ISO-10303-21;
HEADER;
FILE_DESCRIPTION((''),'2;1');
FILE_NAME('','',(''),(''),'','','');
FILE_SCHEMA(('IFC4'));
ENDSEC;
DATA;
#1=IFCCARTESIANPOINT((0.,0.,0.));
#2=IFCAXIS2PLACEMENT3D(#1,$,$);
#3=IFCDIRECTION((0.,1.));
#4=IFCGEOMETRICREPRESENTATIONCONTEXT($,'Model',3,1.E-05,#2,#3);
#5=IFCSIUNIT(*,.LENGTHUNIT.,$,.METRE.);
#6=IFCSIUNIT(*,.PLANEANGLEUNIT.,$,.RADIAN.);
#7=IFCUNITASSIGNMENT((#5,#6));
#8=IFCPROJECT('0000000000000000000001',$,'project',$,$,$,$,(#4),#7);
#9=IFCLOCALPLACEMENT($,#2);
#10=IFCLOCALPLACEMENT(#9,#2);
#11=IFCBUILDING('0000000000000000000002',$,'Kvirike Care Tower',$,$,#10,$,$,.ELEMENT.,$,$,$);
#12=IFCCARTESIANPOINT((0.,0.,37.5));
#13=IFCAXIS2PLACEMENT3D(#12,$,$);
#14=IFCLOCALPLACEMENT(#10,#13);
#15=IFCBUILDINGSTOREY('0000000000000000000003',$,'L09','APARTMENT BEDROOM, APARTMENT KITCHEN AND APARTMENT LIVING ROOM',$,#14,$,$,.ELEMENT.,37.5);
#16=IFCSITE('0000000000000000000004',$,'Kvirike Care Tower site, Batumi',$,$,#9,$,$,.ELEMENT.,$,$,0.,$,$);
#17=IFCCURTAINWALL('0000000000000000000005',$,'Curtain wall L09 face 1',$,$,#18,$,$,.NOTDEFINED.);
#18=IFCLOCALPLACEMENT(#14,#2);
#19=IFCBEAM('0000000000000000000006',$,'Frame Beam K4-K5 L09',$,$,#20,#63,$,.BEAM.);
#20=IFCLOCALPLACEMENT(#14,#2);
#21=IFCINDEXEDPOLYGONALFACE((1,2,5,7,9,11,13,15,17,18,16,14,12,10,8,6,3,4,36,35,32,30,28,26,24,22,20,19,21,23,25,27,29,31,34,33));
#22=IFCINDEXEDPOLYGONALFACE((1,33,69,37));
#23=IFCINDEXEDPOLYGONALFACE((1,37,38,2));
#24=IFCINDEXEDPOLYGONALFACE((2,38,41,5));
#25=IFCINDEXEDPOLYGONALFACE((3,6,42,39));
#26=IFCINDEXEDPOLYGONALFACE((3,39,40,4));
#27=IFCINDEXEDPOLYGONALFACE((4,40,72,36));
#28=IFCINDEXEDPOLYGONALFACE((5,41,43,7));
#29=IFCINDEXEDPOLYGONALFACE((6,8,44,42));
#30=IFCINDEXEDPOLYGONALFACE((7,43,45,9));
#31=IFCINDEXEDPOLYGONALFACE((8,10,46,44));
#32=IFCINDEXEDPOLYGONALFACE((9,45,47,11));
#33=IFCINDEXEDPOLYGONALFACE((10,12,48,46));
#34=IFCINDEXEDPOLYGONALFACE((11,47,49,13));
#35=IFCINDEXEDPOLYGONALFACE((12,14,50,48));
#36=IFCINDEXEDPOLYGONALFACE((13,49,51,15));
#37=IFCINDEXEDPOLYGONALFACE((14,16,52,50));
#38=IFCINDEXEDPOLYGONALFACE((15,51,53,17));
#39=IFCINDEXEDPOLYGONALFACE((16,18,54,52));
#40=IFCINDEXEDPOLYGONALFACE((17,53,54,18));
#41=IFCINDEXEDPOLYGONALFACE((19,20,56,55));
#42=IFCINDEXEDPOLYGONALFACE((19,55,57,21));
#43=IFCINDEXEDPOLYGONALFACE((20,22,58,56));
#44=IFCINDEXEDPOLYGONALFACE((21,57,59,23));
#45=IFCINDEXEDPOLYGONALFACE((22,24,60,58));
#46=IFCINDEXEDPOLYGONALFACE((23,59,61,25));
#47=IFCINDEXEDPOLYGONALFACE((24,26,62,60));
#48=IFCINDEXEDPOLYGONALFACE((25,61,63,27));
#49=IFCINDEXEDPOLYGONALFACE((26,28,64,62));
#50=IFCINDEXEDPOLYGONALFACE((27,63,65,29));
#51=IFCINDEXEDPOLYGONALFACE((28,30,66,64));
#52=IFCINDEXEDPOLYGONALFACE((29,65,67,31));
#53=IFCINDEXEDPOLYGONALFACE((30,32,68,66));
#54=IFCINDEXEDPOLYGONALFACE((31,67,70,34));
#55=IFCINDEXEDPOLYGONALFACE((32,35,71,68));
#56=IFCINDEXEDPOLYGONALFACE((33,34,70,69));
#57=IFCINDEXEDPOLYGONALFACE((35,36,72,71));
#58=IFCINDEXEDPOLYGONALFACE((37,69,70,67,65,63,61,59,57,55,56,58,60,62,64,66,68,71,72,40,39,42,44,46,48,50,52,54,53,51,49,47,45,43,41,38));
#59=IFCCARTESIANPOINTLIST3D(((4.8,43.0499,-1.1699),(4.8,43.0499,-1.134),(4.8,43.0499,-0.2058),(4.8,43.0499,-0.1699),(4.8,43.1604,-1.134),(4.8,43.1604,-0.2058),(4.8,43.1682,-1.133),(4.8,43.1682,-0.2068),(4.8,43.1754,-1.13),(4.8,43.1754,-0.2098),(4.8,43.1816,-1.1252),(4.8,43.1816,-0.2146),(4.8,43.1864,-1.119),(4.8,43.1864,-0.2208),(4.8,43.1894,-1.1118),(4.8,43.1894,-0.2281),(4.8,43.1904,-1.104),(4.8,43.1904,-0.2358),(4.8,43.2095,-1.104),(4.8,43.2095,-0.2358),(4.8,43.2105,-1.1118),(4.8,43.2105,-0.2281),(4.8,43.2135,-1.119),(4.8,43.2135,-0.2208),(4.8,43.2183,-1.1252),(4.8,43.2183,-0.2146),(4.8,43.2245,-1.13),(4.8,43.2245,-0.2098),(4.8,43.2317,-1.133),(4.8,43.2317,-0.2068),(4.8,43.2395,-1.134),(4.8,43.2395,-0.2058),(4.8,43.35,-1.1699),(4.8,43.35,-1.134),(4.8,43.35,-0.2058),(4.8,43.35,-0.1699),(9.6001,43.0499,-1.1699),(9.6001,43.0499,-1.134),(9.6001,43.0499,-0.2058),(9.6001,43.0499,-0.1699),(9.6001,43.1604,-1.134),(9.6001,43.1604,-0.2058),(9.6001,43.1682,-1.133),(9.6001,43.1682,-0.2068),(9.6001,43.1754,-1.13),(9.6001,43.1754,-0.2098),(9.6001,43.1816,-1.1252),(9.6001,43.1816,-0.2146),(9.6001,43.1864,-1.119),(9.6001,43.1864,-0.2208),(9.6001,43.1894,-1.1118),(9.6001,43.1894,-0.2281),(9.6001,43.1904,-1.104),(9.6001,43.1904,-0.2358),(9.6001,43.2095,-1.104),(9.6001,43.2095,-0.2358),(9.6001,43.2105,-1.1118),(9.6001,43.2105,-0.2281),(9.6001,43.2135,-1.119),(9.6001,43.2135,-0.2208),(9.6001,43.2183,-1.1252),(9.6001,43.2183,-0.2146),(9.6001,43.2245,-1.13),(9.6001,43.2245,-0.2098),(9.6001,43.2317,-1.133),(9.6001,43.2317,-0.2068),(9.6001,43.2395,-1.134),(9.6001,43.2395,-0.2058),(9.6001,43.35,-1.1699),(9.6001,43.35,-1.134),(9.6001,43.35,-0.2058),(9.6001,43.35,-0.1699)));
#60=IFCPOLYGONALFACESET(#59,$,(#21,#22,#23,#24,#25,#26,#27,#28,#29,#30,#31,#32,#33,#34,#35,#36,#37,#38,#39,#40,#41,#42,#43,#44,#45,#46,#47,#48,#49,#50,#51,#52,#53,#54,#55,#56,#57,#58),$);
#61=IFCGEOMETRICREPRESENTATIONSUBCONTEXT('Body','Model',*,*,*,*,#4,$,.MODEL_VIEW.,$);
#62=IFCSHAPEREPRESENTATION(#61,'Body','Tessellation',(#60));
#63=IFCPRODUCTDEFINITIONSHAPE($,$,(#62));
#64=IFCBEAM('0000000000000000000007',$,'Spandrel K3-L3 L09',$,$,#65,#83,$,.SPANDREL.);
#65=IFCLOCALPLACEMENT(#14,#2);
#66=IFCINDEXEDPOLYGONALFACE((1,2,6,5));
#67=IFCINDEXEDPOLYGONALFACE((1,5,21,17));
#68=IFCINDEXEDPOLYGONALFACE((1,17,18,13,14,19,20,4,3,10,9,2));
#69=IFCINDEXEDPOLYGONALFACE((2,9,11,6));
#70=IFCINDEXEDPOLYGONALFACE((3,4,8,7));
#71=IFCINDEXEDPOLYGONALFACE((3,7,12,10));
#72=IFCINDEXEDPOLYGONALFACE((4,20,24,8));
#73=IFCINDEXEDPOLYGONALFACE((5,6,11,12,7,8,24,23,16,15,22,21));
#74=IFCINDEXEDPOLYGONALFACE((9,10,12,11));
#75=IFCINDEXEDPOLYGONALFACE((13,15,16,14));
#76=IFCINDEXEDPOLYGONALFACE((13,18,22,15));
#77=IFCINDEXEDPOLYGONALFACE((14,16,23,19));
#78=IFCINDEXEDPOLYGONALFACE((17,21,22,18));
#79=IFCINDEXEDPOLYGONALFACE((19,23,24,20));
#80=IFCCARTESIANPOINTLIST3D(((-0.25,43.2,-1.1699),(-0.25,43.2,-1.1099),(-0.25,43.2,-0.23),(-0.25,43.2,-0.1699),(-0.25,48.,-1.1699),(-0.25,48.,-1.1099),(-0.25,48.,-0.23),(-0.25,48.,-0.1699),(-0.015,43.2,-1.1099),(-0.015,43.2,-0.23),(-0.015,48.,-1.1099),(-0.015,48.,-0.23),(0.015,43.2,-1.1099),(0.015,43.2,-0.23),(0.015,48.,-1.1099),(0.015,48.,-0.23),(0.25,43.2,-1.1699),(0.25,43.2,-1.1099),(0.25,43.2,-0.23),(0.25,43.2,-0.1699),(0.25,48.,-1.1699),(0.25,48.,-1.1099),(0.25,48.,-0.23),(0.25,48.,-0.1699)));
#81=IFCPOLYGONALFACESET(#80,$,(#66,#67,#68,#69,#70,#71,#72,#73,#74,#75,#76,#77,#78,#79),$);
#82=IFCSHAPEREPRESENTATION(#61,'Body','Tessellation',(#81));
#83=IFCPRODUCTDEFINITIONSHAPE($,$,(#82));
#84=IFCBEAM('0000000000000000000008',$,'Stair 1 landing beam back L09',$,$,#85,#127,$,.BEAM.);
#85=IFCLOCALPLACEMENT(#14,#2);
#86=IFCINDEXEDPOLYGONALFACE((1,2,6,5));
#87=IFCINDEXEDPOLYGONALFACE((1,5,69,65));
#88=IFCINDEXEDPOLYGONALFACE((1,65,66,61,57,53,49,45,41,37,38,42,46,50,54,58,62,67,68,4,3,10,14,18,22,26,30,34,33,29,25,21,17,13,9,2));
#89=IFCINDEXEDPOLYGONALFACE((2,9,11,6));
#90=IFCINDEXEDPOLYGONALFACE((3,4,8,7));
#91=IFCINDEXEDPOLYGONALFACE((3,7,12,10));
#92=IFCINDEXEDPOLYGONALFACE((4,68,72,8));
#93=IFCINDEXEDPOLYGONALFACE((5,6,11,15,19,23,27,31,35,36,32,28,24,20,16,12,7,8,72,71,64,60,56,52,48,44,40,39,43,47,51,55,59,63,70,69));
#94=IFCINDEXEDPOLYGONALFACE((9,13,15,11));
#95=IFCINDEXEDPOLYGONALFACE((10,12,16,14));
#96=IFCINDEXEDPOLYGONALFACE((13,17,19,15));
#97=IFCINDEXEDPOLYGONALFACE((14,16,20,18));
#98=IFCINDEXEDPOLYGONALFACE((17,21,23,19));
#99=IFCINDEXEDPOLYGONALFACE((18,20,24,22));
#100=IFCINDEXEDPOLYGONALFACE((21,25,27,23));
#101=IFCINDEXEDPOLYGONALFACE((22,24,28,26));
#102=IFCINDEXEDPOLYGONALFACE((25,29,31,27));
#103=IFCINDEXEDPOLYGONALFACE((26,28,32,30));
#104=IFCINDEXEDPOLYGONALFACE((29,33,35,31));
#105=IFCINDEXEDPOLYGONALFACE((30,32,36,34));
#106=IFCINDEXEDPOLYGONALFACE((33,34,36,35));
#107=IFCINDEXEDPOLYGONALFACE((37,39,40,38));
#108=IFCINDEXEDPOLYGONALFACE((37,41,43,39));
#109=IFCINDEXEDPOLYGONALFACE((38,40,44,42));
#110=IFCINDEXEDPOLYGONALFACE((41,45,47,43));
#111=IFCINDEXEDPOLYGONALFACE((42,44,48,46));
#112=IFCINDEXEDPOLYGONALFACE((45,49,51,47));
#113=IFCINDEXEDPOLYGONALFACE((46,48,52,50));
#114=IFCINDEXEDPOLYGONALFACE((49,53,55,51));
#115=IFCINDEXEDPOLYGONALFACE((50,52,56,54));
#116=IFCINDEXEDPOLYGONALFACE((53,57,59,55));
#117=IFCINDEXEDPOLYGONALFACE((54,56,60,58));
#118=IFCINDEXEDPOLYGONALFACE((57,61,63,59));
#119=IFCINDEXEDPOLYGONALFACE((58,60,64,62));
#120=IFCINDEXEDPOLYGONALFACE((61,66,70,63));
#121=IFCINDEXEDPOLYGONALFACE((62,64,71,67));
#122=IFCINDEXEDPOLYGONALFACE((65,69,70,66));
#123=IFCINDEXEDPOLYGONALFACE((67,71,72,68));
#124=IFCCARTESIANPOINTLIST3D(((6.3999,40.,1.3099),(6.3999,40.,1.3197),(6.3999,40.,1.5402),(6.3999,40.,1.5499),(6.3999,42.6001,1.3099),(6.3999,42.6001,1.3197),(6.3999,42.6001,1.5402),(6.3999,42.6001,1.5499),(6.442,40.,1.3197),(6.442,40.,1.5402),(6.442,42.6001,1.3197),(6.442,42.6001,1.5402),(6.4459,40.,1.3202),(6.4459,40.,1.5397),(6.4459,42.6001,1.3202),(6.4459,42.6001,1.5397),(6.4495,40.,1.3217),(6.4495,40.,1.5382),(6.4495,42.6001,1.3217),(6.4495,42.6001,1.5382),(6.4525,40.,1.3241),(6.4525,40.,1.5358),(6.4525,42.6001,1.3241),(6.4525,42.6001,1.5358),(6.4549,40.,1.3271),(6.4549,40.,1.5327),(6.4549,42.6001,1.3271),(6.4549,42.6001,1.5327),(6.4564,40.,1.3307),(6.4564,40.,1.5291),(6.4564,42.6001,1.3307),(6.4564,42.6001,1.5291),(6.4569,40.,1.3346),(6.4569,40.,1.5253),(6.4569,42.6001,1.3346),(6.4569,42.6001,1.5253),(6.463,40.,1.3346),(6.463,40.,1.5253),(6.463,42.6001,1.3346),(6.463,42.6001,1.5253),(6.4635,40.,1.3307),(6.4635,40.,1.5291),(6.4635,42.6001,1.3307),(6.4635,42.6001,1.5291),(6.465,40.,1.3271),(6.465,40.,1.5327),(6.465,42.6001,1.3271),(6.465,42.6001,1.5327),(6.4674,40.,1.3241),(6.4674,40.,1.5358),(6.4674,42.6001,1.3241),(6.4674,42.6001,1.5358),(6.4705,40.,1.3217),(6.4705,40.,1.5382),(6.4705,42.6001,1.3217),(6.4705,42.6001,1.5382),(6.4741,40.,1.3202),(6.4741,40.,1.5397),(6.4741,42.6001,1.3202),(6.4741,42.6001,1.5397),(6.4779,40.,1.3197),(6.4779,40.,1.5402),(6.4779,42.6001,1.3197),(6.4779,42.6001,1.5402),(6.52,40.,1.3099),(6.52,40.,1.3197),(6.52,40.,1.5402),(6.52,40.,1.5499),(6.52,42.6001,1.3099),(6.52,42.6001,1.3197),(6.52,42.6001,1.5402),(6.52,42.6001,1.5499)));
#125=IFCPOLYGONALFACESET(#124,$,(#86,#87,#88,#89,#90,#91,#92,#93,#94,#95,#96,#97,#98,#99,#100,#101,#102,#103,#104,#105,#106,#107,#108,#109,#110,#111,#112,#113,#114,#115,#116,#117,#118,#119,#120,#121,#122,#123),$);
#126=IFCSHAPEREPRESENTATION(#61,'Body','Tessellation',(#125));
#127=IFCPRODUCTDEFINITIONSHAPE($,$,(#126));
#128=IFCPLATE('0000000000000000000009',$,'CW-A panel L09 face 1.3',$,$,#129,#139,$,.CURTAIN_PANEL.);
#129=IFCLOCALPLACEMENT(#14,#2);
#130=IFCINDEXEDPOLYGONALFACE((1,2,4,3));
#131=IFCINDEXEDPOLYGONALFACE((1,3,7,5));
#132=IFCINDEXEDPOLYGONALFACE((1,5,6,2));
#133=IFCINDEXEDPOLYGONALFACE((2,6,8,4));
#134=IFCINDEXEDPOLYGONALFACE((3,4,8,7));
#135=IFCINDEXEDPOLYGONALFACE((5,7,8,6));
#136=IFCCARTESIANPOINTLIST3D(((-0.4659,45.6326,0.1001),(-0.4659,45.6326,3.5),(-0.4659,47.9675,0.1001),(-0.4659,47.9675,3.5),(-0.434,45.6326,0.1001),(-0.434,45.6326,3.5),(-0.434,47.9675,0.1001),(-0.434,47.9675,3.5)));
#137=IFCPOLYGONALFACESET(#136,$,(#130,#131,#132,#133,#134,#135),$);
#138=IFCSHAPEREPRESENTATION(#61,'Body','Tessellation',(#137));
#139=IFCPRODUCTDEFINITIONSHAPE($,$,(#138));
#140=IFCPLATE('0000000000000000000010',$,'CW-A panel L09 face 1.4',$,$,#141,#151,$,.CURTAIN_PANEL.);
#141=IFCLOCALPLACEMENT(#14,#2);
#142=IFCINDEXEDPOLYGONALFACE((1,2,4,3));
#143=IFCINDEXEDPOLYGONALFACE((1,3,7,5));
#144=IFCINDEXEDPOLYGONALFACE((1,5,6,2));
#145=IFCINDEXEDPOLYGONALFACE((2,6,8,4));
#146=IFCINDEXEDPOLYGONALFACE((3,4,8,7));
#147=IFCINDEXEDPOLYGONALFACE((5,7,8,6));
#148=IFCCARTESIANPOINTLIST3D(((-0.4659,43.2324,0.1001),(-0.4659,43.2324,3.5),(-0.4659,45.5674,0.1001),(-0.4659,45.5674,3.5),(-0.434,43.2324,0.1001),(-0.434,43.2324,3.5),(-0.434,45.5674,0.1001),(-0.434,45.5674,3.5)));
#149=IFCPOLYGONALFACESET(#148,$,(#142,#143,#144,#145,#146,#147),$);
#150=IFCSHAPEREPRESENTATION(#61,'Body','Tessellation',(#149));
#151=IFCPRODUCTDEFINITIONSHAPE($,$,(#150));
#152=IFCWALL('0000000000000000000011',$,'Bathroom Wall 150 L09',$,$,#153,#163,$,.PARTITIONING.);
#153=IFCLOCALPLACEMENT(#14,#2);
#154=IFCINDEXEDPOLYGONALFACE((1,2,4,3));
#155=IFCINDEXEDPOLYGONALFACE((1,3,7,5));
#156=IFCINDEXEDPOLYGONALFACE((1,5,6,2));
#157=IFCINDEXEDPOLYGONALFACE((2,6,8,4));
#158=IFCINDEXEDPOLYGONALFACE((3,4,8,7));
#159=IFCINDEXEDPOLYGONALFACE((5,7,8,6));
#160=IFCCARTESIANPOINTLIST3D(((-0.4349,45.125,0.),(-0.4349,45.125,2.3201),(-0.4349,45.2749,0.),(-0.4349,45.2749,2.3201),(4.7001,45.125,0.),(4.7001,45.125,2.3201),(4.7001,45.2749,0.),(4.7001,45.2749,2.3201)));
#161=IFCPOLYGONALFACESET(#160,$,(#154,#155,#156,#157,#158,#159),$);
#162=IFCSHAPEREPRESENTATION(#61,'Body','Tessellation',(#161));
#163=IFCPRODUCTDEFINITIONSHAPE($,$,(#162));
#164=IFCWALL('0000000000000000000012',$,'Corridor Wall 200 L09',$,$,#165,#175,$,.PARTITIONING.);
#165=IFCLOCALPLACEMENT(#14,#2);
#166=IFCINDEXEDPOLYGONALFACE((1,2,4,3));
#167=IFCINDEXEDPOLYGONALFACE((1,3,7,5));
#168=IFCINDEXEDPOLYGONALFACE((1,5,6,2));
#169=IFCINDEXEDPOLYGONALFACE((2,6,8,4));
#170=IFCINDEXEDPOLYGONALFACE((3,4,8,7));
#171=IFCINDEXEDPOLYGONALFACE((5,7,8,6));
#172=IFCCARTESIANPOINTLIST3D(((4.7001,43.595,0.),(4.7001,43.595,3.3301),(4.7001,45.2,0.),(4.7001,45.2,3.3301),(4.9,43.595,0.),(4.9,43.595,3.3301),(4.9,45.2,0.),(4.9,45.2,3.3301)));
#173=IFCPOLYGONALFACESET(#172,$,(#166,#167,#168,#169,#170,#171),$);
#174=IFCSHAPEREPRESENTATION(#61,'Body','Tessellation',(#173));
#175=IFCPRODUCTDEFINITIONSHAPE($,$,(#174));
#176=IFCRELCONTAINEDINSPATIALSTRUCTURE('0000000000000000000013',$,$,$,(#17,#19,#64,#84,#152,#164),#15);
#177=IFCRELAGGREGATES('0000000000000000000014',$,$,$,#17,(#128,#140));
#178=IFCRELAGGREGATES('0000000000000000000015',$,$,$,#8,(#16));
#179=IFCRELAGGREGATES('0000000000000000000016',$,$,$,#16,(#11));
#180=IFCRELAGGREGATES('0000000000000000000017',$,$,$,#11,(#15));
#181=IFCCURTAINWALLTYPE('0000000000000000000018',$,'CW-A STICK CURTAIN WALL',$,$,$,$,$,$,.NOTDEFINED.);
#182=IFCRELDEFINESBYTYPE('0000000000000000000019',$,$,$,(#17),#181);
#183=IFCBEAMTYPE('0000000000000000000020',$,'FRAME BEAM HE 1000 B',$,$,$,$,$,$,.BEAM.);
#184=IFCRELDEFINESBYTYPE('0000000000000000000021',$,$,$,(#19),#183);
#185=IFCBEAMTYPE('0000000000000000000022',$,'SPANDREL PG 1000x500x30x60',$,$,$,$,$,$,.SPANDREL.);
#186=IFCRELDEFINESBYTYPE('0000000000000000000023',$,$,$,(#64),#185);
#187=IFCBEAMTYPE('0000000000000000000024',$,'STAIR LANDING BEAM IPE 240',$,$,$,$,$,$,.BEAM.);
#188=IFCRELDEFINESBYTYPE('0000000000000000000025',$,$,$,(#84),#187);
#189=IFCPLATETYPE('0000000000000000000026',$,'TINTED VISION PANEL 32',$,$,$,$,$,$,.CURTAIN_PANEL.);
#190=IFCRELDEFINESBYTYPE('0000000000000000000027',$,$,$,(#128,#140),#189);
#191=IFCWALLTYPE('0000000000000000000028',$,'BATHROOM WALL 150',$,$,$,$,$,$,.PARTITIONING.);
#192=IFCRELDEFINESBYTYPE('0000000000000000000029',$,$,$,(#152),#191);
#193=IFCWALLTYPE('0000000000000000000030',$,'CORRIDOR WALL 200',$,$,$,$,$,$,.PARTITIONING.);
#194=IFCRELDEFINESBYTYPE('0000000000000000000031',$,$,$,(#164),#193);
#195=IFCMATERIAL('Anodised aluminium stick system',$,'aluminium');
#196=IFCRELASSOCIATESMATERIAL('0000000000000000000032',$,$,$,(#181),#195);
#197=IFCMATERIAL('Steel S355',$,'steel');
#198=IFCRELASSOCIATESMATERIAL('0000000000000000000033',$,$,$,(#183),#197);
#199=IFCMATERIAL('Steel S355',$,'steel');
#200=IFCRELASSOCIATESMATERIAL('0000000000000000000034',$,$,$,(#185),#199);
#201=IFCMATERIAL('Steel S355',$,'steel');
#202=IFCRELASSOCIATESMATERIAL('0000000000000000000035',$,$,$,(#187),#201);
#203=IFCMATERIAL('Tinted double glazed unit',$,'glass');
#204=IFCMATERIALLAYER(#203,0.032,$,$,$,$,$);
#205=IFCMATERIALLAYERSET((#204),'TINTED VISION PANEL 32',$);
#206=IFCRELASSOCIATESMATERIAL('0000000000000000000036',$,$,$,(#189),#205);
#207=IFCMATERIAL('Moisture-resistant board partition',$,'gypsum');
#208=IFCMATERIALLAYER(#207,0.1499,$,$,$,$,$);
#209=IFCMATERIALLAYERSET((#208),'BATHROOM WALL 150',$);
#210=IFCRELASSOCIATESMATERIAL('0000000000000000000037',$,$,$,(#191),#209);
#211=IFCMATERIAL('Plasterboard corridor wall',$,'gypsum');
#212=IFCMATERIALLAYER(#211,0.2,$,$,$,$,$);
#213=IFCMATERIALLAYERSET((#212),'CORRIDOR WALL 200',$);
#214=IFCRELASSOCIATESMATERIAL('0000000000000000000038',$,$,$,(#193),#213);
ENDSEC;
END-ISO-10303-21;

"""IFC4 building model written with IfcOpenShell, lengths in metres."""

from ifc_helpers import new_model, si_unit, direction, frame, frame_2d, origin, origin_2d, place, context, subcontext, project, spatial, rectangle, i_section, extrude, material, layer, layer_set, material_profile, profile_set, type_object, element, aggregate, save


model = new_model("IFC4")

# Units and contexts
model_context = context("Model", 3, precision=1e-05, world=origin(), true_north=direction((0.0, 1.0)))
body_context = subcontext(model_context, "Body", "Model", "MODEL_VIEW")
ifc_project = project(units=[si_unit("LENGTHUNIT", "METRE"), si_unit("PLANEANGLEUNIT", "RADIAN")], contexts=[model_context])

# Site, building, storey
site_placement = place(None, origin())
site = spatial("IfcSite", under=ifc_project, at=site_placement, Name="Kvirike Care Tower site, Batumi", CompositionType="ELEMENT", RefElevation=0.0)
building_placement = place(site_placement, origin())
building = spatial("IfcBuilding", under=site, at=building_placement, Name="Kvirike Care Tower", CompositionType="ELEMENT")
storey_placement = place(building_placement, frame((0.0, 0.0, 37.5)))
storey = spatial("IfcBuildingStorey", under=building, at=storey_placement, Name="L09", Description="APARTMENT BEDROOM, APARTMENT KITCHEN AND APARTMENT LIVING ROOM", CompositionType="ELEMENT", Elevation=37.5)

# Curtain wall
ifc_material_1 = material(Name="Anodised aluminium stick system", Category="aluminium")
curtain_wall_type = type_object("IfcCurtainWallType", Name="CW-A STICK CURTAIN WALL", PredefinedType="NOTDEFINED", material=ifc_material_1)
curtain_wall_placement = place(storey_placement, origin())
curtain_wall = element("IfcCurtainWall", 1, at=curtain_wall_placement, inside=storey, type_object=curtain_wall_type, Name="Curtain wall L09 face 1", PredefinedType="NOTDEFINED")

# Beams
ifc_material_2 = material(Name="Steel S355", Category="steel")
ifc_material_profile_1 = material_profile(ifc_material_2, i_section(OverallWidth=0.3, OverallDepth=1.0, WebThickness=0.019, FlangeThickness=0.0359, FilletRadius=0.03, at=origin_2d()), Name="HE 1000 B")
ifc_profile_set_1 = profile_set([ifc_material_profile_1], Name="Steel S355")
beam_type_1 = type_object("IfcBeamType", Name="FRAME BEAM HE 1000 B", PredefinedType="BEAM", material=ifc_profile_set_1)
for number, where, z_axis, x_axis, name in (
    (2, (4.8, 43.2, -0.6699), (1.0, 0.0, 0.0), (0.0, 1.0, 0.0), "Frame Beam K4-K5 L09"),
):
    element("IfcBeam", number, at=place(storey_placement, frame(where, z_axis=z_axis, x_axis=x_axis)), inside=storey, type_object=beam_type_1, Name=name, PredefinedType="BEAM", context=body_context, shape_type="SweptSolid", body=[
        extrude(i_section(OverallWidth=0.3, OverallDepth=1.0, WebThickness=0.019, FlangeThickness=0.0359, FilletRadius=0.03, at=origin_2d()), origin(), (0.0, 0.0, 1.0), 4.8),
    ])
ifc_material_3 = material(Name="Steel S355", Category="steel")
ifc_material_profile_2 = material_profile(ifc_material_3, i_section(OverallWidth=0.5, OverallDepth=1.0, WebThickness=0.03, FlangeThickness=0.0601, at=origin_2d()), Name="PG 1000x500x30x60")
ifc_profile_set_2 = profile_set([ifc_material_profile_2], Name="Steel S355")
beam_type_2 = type_object("IfcBeamType", Name="SPANDREL PG 1000x500x30x60", PredefinedType="SPANDREL", material=ifc_profile_set_2)
beam_1_placement = place(storey_placement, frame((0.0, 43.2, -0.6699), z_axis=(0.0, 1.0, 0.0), x_axis=(-1.0, 0.0, 0.0)))
element("IfcBeam", 3, at=beam_1_placement, inside=storey, type_object=beam_type_2, Name="Spandrel K3-L3 L09", PredefinedType="SPANDREL", context=body_context, shape_type="SweptSolid", body=[
    extrude(i_section(OverallWidth=0.5, OverallDepth=1.0, WebThickness=0.03, FlangeThickness=0.0601, at=origin_2d()), origin(), (0.0, 0.0, 1.0), 4.8),
])
ifc_material_4 = material(Name="Steel S355", Category="steel")
ifc_material_profile_3 = material_profile(ifc_material_4, i_section(OverallWidth=0.1201, OverallDepth=0.24, WebThickness=0.0061, FlangeThickness=0.0098, FilletRadius=0.0149, at=origin_2d()), Name="IPE 240")
ifc_profile_set_3 = profile_set([ifc_material_profile_3], Name="Steel S355")
beam_type_3 = type_object("IfcBeamType", Name="STAIR LANDING BEAM IPE 240", PredefinedType="BEAM", material=ifc_profile_set_3)
beam_2_placement = place(storey_placement, frame((6.46, 42.6001, 1.4299), z_axis=(0.0, -1.0, 0.0), x_axis=(1.0, 0.0, 0.0)))
element("IfcBeam", 4, at=beam_2_placement, inside=storey, type_object=beam_type_3, Name="Stair 1 landing beam back L09", PredefinedType="BEAM", context=body_context, shape_type="SweptSolid", body=[
    extrude(i_section(OverallWidth=0.1201, OverallDepth=0.24, WebThickness=0.0061, FlangeThickness=0.0098, FilletRadius=0.0149, at=origin_2d()), origin(), (0.0, 0.0, 1.0), 2.6001),
])

# Plates
ifc_material_5 = material(Name="Tinted double glazed unit", Category="glass")
ifc_layer_1 = layer(ifc_material_5, 0.032)
ifc_layer_set_1 = layer_set([ifc_layer_1], Name="TINTED VISION PANEL 32")
plate_type = type_object("IfcPlateType", Name="TINTED VISION PANEL 32", PredefinedType="CURTAIN_PANEL", material=ifc_layer_set_1)
plate_1_placement = place(storey_placement, frame((-0.45, 46.8, 0.1001), z_axis=(0.0, 0.0, 1.0), x_axis=(0.0, -1.0, 0.0)))
plate_1 = element("IfcPlate", 5, at=plate_1_placement, type_object=plate_type, Name="CW-A panel L09 face 1.3", PredefinedType="CURTAIN_PANEL", context=body_context, shape_type="SweptSolid", body=[
    extrude(rectangle(XDim=2.335, YDim=0.032, at=origin_2d()), origin(), (0.0, 0.0, 1.0), 3.3999),
])
plate_2_placement = place(storey_placement, frame((-0.45, 44.3999, 0.1001), z_axis=(0.0, 0.0, 1.0), x_axis=(0.0, -1.0, 0.0)))
plate_2 = element("IfcPlate", 6, at=plate_2_placement, type_object=plate_type, Name="CW-A panel L09 face 1.4", PredefinedType="CURTAIN_PANEL", context=body_context, shape_type="SweptSolid", body=[
    extrude(rectangle(XDim=2.335, YDim=0.032, at=origin_2d()), origin(), (0.0, 0.0, 1.0), 3.3999),
])
aggregate(curtain_wall, [plate_1, plate_2])

# Walls
ifc_material_6 = material(Name="Moisture-resistant board partition", Category="gypsum")
ifc_layer_2 = layer(ifc_material_6, 0.1499)
ifc_layer_set_2 = layer_set([ifc_layer_2], Name="BATHROOM WALL 150")
wall_type_1 = type_object("IfcWallType", Name="BATHROOM WALL 150", PredefinedType="PARTITIONING", material=ifc_layer_set_2)
wall_1_placement = place(storey_placement, frame((4.7, 45.2, 0.0), z_axis=(0.0, 0.0, 1.0), x_axis=(-1.0, 0.0, 0.0)))
element("IfcWall", 7, at=wall_1_placement, inside=storey, type_object=wall_type_1, Name="Bathroom Wall 150 L09", PredefinedType="PARTITIONING", context=body_context, shape_type="SweptSolid", body=[
    extrude(rectangle(XDim=5.135, YDim=0.1499, at=frame_2d((2.5674, 0.0))), origin(), (0.0, 0.0, 1.0), 2.3201),
])
ifc_material_7 = material(Name="Plasterboard corridor wall", Category="gypsum")
ifc_layer_3 = layer(ifc_material_7, 0.2)
ifc_layer_set_3 = layer_set([ifc_layer_3], Name="CORRIDOR WALL 200")
wall_type_2 = type_object("IfcWallType", Name="CORRIDOR WALL 200", PredefinedType="PARTITIONING", material=ifc_layer_set_3)
wall_2_placement = place(storey_placement, frame((4.8, 45.2, 0.0), z_axis=(0.0, 0.0, 1.0), x_axis=(0.0, -1.0, 0.0)))
element("IfcWall", 8, at=wall_2_placement, inside=storey, type_object=wall_type_2, Name="Corridor Wall 200 L09", PredefinedType="PARTITIONING", context=body_context, shape_type="SweptSolid", body=[
    extrude(rectangle(XDim=1.605, YDim=0.2, at=frame_2d((0.8025, 0.0))), origin(), (0.0, 0.0, 1.0), 3.3301),
])

save(model, "model.ifc")
